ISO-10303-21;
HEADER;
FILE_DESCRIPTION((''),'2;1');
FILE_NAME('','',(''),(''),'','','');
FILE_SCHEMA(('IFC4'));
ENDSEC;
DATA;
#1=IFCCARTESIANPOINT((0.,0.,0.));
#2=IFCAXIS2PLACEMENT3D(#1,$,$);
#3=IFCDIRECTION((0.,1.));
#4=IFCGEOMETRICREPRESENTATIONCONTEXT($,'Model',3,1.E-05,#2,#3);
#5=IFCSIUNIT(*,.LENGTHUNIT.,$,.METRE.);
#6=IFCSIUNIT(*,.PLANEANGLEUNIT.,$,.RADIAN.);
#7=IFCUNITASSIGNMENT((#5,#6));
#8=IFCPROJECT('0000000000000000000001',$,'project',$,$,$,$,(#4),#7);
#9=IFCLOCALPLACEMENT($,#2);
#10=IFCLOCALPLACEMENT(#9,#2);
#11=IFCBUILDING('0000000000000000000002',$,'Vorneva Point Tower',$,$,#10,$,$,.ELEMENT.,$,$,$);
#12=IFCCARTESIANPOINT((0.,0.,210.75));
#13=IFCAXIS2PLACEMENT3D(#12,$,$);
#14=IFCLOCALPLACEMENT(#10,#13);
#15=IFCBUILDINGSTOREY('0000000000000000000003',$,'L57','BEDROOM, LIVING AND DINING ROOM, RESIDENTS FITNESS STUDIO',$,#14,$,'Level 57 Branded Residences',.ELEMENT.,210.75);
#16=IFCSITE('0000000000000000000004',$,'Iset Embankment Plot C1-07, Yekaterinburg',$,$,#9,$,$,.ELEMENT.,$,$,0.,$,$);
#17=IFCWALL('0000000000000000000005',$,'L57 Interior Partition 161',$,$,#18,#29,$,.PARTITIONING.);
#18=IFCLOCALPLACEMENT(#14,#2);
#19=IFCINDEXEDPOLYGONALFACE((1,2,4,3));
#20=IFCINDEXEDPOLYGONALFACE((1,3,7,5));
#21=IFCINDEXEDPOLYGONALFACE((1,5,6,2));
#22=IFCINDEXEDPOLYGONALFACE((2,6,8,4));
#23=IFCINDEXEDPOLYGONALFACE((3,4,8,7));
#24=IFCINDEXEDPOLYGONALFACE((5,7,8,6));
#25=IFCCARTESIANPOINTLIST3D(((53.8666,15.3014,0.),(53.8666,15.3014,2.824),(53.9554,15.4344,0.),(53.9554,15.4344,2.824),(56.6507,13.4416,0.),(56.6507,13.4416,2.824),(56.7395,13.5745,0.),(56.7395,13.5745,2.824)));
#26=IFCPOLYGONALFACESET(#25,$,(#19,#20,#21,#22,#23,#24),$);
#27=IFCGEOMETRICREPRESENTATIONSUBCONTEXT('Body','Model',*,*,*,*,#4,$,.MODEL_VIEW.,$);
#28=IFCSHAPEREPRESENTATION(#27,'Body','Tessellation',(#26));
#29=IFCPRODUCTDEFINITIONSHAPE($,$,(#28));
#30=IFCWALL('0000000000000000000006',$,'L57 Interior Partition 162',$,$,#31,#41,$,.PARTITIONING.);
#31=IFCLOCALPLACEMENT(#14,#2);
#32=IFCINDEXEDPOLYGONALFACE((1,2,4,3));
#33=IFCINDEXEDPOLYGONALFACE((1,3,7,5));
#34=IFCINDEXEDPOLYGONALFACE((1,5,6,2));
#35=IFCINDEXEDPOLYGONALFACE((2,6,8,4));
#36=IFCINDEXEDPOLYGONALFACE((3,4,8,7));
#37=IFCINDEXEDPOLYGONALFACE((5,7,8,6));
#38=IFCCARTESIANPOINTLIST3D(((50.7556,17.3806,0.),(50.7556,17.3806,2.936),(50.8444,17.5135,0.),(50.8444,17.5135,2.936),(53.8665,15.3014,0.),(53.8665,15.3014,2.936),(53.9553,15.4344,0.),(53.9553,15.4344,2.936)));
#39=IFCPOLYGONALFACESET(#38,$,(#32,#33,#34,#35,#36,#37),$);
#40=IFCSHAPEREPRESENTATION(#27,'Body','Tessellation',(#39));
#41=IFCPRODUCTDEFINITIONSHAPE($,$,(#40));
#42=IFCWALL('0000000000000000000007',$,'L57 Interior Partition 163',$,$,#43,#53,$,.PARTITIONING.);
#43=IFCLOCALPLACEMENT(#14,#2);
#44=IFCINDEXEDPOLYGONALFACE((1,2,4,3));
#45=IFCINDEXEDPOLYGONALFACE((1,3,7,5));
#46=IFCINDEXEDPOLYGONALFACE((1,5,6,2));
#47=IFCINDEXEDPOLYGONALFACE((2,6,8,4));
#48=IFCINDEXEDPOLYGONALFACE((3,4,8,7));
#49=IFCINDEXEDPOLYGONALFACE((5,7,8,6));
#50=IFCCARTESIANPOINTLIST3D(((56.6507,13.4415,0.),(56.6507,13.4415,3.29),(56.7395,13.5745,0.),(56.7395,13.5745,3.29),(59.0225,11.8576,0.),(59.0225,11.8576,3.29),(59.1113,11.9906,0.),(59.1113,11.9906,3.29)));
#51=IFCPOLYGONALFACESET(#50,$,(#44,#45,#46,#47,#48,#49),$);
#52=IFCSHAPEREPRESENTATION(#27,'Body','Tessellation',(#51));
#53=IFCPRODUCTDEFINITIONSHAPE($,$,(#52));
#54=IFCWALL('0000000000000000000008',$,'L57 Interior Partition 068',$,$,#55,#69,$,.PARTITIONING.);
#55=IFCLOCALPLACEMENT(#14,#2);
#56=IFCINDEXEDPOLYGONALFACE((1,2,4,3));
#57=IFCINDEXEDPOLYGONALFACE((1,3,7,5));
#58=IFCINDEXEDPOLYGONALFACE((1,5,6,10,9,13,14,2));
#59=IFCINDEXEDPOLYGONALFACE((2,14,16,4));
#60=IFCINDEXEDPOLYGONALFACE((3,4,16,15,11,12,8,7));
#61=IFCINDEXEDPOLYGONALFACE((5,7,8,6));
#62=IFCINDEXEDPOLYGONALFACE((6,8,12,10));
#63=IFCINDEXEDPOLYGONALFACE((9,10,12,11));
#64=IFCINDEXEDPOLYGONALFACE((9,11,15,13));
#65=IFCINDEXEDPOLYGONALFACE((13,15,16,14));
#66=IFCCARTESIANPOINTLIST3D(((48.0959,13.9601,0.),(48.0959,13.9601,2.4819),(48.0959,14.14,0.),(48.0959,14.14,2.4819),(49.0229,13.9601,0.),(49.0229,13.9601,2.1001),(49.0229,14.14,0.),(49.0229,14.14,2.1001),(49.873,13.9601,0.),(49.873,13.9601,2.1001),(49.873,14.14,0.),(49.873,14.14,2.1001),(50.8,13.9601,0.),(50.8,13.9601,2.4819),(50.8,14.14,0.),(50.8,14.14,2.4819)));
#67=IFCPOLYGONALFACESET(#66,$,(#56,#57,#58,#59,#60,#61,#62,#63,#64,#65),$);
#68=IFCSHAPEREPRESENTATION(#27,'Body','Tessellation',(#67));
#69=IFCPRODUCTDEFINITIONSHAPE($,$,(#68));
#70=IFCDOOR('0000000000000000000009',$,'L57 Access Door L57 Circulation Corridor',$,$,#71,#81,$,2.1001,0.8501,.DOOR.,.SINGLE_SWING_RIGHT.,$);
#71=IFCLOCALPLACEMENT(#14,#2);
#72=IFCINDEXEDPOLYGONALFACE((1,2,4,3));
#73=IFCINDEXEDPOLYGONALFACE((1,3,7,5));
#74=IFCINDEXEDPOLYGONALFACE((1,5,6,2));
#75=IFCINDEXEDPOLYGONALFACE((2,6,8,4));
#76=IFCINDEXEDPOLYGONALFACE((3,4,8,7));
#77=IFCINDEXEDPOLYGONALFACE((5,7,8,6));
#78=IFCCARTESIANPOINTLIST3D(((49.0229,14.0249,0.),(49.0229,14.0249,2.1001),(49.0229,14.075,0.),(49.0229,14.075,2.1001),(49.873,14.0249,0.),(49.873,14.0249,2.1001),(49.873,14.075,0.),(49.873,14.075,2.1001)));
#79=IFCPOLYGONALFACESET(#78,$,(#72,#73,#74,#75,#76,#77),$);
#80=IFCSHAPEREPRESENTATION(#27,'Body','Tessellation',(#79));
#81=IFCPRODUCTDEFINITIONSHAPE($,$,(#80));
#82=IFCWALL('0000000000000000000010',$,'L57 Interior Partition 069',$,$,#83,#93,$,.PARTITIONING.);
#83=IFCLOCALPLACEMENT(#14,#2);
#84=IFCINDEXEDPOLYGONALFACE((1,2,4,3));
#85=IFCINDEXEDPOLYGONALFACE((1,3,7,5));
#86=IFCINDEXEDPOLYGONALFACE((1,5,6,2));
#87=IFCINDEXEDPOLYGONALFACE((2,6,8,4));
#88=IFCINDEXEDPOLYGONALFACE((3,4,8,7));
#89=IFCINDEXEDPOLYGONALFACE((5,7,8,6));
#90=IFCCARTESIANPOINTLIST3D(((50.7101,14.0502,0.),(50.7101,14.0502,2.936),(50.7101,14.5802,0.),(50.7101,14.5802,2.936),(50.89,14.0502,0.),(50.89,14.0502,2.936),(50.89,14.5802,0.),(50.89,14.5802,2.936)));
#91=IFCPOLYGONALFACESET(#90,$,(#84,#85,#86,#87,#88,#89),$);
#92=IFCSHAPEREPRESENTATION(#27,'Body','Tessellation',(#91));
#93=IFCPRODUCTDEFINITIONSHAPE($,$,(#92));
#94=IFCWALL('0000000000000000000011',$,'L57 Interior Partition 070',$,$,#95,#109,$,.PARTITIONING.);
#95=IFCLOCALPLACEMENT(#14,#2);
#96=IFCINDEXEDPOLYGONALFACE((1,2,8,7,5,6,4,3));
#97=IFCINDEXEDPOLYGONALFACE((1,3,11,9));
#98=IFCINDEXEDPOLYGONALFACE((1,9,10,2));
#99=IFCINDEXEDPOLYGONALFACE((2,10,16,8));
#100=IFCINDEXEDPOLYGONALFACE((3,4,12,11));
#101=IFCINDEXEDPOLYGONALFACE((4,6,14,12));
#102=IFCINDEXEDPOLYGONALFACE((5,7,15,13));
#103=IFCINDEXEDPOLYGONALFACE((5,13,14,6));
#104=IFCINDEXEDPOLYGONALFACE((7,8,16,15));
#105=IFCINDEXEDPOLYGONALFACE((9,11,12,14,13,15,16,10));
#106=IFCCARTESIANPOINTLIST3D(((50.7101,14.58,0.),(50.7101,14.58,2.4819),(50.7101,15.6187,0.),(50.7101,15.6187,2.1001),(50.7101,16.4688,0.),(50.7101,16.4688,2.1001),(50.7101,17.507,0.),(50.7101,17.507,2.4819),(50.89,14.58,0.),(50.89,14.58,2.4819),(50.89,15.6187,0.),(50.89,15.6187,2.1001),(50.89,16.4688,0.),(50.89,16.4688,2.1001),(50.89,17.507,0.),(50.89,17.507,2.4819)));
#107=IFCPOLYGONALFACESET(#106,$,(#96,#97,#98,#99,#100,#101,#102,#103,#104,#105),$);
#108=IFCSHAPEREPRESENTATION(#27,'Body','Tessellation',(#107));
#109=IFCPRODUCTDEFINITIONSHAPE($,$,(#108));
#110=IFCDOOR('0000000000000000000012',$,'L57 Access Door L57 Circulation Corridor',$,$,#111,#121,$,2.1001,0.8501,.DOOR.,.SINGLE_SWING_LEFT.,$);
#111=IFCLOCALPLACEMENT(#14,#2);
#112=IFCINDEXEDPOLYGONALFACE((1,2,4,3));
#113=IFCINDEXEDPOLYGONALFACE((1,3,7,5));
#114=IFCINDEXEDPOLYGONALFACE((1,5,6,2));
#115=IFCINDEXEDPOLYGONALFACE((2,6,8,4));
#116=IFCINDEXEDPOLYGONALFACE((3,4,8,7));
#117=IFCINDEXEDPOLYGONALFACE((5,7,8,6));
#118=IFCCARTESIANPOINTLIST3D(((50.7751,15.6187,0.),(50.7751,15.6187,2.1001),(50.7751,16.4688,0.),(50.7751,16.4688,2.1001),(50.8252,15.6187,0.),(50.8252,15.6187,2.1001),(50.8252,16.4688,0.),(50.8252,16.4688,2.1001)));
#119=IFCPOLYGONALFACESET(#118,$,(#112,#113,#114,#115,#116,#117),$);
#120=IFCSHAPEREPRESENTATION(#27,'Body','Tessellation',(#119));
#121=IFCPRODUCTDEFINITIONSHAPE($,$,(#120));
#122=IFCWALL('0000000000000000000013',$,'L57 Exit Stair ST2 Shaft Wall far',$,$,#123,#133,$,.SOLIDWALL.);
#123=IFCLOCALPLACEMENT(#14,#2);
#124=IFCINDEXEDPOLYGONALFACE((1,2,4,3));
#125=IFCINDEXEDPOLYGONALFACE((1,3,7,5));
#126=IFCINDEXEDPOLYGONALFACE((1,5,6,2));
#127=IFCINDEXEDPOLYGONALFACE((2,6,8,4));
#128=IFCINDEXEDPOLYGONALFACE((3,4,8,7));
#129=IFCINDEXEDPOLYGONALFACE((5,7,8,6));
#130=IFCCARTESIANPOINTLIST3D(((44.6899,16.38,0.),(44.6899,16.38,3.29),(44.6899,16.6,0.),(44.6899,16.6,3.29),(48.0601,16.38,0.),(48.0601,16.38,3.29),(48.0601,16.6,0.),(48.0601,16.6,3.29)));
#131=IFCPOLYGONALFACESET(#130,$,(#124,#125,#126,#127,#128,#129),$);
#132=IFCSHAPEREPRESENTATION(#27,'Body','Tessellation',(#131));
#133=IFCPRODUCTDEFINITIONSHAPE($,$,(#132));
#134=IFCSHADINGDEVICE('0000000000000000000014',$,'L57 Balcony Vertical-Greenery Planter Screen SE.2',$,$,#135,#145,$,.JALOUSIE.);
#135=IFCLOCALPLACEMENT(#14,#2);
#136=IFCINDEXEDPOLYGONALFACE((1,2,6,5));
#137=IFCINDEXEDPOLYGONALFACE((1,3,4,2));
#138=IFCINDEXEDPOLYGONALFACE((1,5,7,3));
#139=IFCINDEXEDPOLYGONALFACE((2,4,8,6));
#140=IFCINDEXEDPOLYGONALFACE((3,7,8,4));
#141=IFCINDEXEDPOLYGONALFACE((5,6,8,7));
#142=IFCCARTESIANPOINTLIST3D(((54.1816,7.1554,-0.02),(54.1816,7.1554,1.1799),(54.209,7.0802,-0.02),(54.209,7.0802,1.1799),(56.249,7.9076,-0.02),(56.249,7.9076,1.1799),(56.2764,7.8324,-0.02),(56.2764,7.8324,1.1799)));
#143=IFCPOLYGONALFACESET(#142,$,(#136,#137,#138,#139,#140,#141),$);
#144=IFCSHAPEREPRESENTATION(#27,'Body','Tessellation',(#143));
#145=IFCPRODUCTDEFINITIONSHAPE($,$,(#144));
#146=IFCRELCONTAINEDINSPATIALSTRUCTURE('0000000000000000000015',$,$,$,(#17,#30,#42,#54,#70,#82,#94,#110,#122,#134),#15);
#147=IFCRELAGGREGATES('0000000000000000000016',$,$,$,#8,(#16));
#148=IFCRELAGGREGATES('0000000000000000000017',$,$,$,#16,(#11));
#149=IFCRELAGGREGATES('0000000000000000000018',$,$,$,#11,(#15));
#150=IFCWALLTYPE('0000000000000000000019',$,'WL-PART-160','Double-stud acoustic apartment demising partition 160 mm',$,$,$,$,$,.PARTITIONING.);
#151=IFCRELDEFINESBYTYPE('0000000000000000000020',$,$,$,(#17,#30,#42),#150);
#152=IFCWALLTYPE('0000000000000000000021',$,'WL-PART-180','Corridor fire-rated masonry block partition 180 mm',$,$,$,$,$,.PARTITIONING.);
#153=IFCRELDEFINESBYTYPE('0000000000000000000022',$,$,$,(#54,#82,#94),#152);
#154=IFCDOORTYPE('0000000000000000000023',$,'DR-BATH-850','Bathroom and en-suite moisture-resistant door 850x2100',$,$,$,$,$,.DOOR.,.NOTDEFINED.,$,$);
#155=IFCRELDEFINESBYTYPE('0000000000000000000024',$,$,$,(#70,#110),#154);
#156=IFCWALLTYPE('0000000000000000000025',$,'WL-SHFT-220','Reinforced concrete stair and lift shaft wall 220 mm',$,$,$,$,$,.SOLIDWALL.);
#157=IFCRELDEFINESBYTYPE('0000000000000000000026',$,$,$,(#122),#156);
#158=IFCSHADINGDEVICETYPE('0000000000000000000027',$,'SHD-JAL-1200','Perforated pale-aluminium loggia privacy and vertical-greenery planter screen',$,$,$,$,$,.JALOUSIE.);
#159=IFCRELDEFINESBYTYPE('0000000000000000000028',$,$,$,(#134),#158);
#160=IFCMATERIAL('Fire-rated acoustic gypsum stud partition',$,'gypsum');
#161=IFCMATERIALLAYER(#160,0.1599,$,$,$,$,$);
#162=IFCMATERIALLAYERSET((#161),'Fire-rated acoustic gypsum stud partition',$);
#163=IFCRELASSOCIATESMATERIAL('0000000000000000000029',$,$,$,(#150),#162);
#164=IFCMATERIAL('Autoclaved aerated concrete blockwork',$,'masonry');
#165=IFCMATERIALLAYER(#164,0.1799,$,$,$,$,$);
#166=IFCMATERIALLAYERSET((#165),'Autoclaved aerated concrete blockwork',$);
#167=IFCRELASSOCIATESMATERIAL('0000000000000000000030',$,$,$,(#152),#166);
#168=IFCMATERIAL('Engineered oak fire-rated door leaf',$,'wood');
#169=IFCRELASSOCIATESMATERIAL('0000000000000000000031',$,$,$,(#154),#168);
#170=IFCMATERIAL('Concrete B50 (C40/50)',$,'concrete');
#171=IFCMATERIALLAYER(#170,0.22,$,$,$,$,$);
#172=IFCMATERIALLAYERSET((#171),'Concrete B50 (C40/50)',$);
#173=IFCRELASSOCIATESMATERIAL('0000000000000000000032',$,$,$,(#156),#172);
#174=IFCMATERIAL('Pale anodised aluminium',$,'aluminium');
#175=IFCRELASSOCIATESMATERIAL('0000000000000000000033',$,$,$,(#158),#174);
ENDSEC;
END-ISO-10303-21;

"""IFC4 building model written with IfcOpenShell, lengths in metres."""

from ifc_helpers import new_model, si_unit, direction, frame, frame_2d, origin, origin_2d, place, context, subcontext, project, spatial, rectangle, extrude, material, layer, layer_set, type_object, element, fill, save


model = new_model("IFC4")

# Units and contexts
model_context = context("Model", 3, precision=1e-05, world=origin(), true_north=direction((0.0, 1.0)))
body_context = subcontext(model_context, "Body", "Model", "MODEL_VIEW")
ifc_project = project(units=[si_unit("LENGTHUNIT", "METRE"), si_unit("PLANEANGLEUNIT", "RADIAN")], contexts=[model_context])

# Site, building, storey
site_placement = place(None, origin())
site = spatial("IfcSite", under=ifc_project, at=site_placement, Name="Iset Embankment Plot C1-07, Yekaterinburg", CompositionType="ELEMENT", RefElevation=0.0)
building_placement = place(site_placement, origin())
building = spatial("IfcBuilding", under=site, at=building_placement, Name="Vorneva Point Tower", CompositionType="ELEMENT")
storey_placement = place(building_placement, frame((0.0, 0.0, 210.75)))
storey = spatial("IfcBuildingStorey", under=building, at=storey_placement, Name="L57", Description="BEDROOM, LIVING AND DINING ROOM, RESIDENTS FITNESS STUDIO", LongName="Level 57 Branded Residences", CompositionType="ELEMENT", Elevation=210.75)

# Shared definitions
ifc_material_1 = material(Name="Concrete B50 (C40/50)", Category="concrete")

# Shared definitions
ifc_material_2 = material(Name="Pale anodised aluminium", Category="aluminium")

# Walls
ifc_material_3 = material(Name="Fire-rated acoustic gypsum stud partition", Category="gypsum")
ifc_layer_1 = layer(ifc_material_3, 0.1599)
ifc_layer_set_1 = layer_set([ifc_layer_1], Name="Fire-rated acoustic gypsum stud partition")
wall_type_1 = type_object("IfcWallType", Name="WL-PART-160", Description="Double-stud acoustic apartment demising partition 160 mm", PredefinedType="PARTITIONING", material=ifc_layer_set_1)
wall_1_placement = place(storey_placement, frame((56.6951, 13.5081, 0.0), z_axis=(0.0, 0.0, 1.0), x_axis=(-0.831534, 0.555474, 0.0)))
element("IfcWall", 1, at=wall_1_placement, inside=storey, type_object=wall_type_1, Name="L57 Interior Partition 161", PredefinedType="PARTITIONING", context=body_context, shape_type="SweptSolid", body=[
    extrude(rectangle(XDim=3.3481, YDim=0.1599, at=frame_2d((1.6741, 0.0))), origin(), (0.0, 0.0, 1.0), 2.824),
])
wall_2_placement = place(storey_placement, frame((53.9109, 15.3679, 0.0), z_axis=(0.0, 0.0, 1.0), x_axis=(-0.831407, 0.555664, 0.0)))
element("IfcWall", 2, at=wall_2_placement, inside=storey, type_object=wall_type_1, Name="L57 Interior Partition 162", PredefinedType="PARTITIONING", context=body_context, shape_type="SweptSolid", body=[
    extrude(rectangle(XDim=3.7417, YDim=0.1599, at=frame_2d((1.8708, 0.0))), origin(), (0.0, 0.0, 1.0), 2.936),
])
wall_3_placement = place(storey_placement, frame((59.0669, 11.9241, 0.0), z_axis=(0.0, 0.0, 1.0), x_axis=(-0.831602, 0.555372, 0.0)))
element("IfcWall", 3, at=wall_3_placement, inside=storey, type_object=wall_type_1, Name="L57 Interior Partition 163", PredefinedType="PARTITIONING", context=body_context, shape_type="SweptSolid", body=[
    extrude(rectangle(XDim=2.8521, YDim=0.1599, at=frame_2d((1.426, 0.0))), origin(), (0.0, 0.0, 1.0), 3.29),
])

# Wall, opening, door
ifc_material_4 = material(Name="Autoclaved aerated concrete blockwork", Category="masonry")
ifc_layer_2 = layer(ifc_material_4, 0.1799)
ifc_layer_set_2 = layer_set([ifc_layer_2], Name="Autoclaved aerated concrete blockwork")
wall_type_2 = type_object("IfcWallType", Name="WL-PART-180", Description="Corridor fire-rated masonry block partition 180 mm", PredefinedType="PARTITIONING", material=ifc_layer_set_2)
wall_4_placement = place(storey_placement, frame((48.0959, 14.05, 0.0), z_axis=(0.0, 0.0, 1.0), x_axis=(1.0, 0.0, 0.0)))
wall_4 = element("IfcWall", 4, at=wall_4_placement, inside=storey, type_object=wall_type_2, Name="L57 Interior Partition 068", PredefinedType="PARTITIONING", context=body_context, shape_type="SweptSolid", body=[
    extrude(rectangle(XDim=2.7041, YDim=0.1799, at=frame_2d((1.3521, 0.0))), origin(), (0.0, 0.0, 1.0), 2.4819),
])
opening_1_placement = place(wall_4_placement, frame((0.927, 0.0, 0.0)))
opening_1 = element("IfcOpeningElement", 5, at=opening_1_placement, cuts=wall_4, PredefinedType="OPENING", context=body_context, shape_type="SweptSolid", body=[
    extrude(rectangle(XDim=0.8501, YDim=2.1001, at=frame_2d((0.425, 1.05))), frame((0.0, 0.105, 0.0), z_axis=(0.0, -1.0, 0.0), x_axis=(1.0, 0.0, 0.0)), (0.0, 0.0, 1.0), 0.2097),
])
ifc_material_5 = material(Name="Engineered oak fire-rated door leaf", Category="wood")
door_type_1 = type_object("IfcDoorType", Name="DR-BATH-850", Description="Bathroom and en-suite moisture-resistant door 850x2100", OperationType="NOTDEFINED", PredefinedType="DOOR", material=ifc_material_5)
door_1_placement = place(opening_1_placement, origin())
door_1 = element("IfcDoor", 6, at=door_1_placement, inside=storey, type_object=door_type_1, Name="L57 Access Door L57 Circulation Corridor", OperationType="SINGLE_SWING_RIGHT", OverallHeight=2.1001, OverallWidth=0.8501, PredefinedType="DOOR", context=body_context, shape_type="SweptSolid", body=[
    extrude(rectangle(XDim=0.8501, YDim=2.1001, at=frame_2d((0.425, 1.05))), frame((0.0, 0.0249, 0.0), z_axis=(0.0, -1.0, 0.0), x_axis=(1.0, 0.0, 0.0)), (0.0, 0.0, 1.0), 0.05),
])
fill(opening_1, door_1)

# Wall
wall_5_placement = place(storey_placement, frame((50.8, 14.05, 0.0), z_axis=(0.0, 0.0, 1.0), x_axis=(0.0, 1.0, 0.0)))
element("IfcWall", 7, at=wall_5_placement, inside=storey, type_object=wall_type_2, Name="L57 Interior Partition 069", PredefinedType="PARTITIONING", context=body_context, shape_type="SweptSolid", body=[
    extrude(rectangle(XDim=0.53, YDim=0.1799, at=frame_2d((0.2651, 0.0))), origin(), (0.0, 0.0, 1.0), 2.936),
])

# Wall, opening, door
wall_6_placement = place(storey_placement, frame((50.8, 14.5801, 0.0), z_axis=(0.0, 0.0, 1.0), x_axis=(0.0, 1.0, 0.0)))
wall_6 = element("IfcWall", 8, at=wall_6_placement, inside=storey, type_object=wall_type_2, Name="L57 Interior Partition 070", PredefinedType="PARTITIONING", context=body_context, shape_type="SweptSolid", body=[
    extrude(rectangle(XDim=2.927, YDim=0.1799, at=frame_2d((1.4634, 0.0))), origin(), (0.0, 0.0, 1.0), 2.4819),
])
opening_2_placement = place(wall_6_placement, frame((1.0386, 0.0, 0.0)))
opening_2 = element("IfcOpeningElement", 9, at=opening_2_placement, cuts=wall_6, PredefinedType="OPENING", context=body_context, shape_type="SweptSolid", body=[
    extrude(rectangle(XDim=0.8501, YDim=2.1001, at=frame_2d((0.425, 1.05))), frame((0.0, 0.105, 0.0), z_axis=(0.0, -1.0, 0.0), x_axis=(1.0, 0.0, 0.0)), (0.0, 0.0, 1.0), 0.2097),
])
door_2_placement = place(opening_2_placement, origin())
door_2 = element("IfcDoor", 10, at=door_2_placement, inside=storey, type_object=door_type_1, Name="L57 Access Door L57 Circulation Corridor", OperationType="SINGLE_SWING_LEFT", OverallHeight=2.1001, OverallWidth=0.8501, PredefinedType="DOOR", context=body_context, shape_type="SweptSolid", body=[
    extrude(rectangle(XDim=0.8501, YDim=2.1001, at=frame_2d((0.425, 1.05))), frame((0.0, 0.0249, 0.0), z_axis=(0.0, -1.0, 0.0), x_axis=(1.0, 0.0, 0.0)), (0.0, 0.0, 1.0), 0.05),
])
fill(opening_2, door_2)

# Wall
ifc_layer_3 = layer(ifc_material_1, 0.22)
ifc_layer_set_3 = layer_set([ifc_layer_3], Name="Concrete B50 (C40/50)")
wall_type_3 = type_object("IfcWallType", Name="WL-SHFT-220", Description="Reinforced concrete stair and lift shaft wall 220 mm", PredefinedType="SOLIDWALL", material=ifc_layer_set_3)
wall_7_placement = place(storey_placement, frame((48.0601, 16.49, 0.0), z_axis=(0.0, 0.0, 1.0), x_axis=(-1.0, 0.0, 0.0)))
element("IfcWall", 11, at=wall_7_placement, inside=storey, type_object=wall_type_3, Name="L57 Exit Stair ST2 Shaft Wall far", PredefinedType="SOLIDWALL", context=body_context, shape_type="SweptSolid", body=[
    extrude(rectangle(XDim=3.3701, YDim=0.22, at=frame_2d((1.6851, 0.0))), origin(), (0.0, 0.0, 1.0), 3.29),
])

# Shading device
shading_device_type = type_object("IfcShadingDeviceType", Name="SHD-JAL-1200", Description="Perforated pale-aluminium loggia privacy and vertical-greenery planter screen", PredefinedType="JALOUSIE", material=ifc_material_2)
shading_device_placement = place(storey_placement, frame((55.229, 7.4939, -0.02), z_axis=(0.0, 0.0, 1.0), x_axis=(0.939734, 0.341905, 0.0)))
element("IfcShadingDevice", 12, at=shading_device_placement, inside=storey, type_object=shading_device_type, Name="L57 Balcony Vertical-Greenery Planter Screen SE.2", PredefinedType="JALOUSIE", context=body_context, shape_type="SweptSolid", body=[
    extrude(rectangle(XDim=2.2, YDim=0.0801, at=origin_2d()), origin(), (0.0, 0.0, 1.0), 1.2),
])

save(model, "model.ifc")
